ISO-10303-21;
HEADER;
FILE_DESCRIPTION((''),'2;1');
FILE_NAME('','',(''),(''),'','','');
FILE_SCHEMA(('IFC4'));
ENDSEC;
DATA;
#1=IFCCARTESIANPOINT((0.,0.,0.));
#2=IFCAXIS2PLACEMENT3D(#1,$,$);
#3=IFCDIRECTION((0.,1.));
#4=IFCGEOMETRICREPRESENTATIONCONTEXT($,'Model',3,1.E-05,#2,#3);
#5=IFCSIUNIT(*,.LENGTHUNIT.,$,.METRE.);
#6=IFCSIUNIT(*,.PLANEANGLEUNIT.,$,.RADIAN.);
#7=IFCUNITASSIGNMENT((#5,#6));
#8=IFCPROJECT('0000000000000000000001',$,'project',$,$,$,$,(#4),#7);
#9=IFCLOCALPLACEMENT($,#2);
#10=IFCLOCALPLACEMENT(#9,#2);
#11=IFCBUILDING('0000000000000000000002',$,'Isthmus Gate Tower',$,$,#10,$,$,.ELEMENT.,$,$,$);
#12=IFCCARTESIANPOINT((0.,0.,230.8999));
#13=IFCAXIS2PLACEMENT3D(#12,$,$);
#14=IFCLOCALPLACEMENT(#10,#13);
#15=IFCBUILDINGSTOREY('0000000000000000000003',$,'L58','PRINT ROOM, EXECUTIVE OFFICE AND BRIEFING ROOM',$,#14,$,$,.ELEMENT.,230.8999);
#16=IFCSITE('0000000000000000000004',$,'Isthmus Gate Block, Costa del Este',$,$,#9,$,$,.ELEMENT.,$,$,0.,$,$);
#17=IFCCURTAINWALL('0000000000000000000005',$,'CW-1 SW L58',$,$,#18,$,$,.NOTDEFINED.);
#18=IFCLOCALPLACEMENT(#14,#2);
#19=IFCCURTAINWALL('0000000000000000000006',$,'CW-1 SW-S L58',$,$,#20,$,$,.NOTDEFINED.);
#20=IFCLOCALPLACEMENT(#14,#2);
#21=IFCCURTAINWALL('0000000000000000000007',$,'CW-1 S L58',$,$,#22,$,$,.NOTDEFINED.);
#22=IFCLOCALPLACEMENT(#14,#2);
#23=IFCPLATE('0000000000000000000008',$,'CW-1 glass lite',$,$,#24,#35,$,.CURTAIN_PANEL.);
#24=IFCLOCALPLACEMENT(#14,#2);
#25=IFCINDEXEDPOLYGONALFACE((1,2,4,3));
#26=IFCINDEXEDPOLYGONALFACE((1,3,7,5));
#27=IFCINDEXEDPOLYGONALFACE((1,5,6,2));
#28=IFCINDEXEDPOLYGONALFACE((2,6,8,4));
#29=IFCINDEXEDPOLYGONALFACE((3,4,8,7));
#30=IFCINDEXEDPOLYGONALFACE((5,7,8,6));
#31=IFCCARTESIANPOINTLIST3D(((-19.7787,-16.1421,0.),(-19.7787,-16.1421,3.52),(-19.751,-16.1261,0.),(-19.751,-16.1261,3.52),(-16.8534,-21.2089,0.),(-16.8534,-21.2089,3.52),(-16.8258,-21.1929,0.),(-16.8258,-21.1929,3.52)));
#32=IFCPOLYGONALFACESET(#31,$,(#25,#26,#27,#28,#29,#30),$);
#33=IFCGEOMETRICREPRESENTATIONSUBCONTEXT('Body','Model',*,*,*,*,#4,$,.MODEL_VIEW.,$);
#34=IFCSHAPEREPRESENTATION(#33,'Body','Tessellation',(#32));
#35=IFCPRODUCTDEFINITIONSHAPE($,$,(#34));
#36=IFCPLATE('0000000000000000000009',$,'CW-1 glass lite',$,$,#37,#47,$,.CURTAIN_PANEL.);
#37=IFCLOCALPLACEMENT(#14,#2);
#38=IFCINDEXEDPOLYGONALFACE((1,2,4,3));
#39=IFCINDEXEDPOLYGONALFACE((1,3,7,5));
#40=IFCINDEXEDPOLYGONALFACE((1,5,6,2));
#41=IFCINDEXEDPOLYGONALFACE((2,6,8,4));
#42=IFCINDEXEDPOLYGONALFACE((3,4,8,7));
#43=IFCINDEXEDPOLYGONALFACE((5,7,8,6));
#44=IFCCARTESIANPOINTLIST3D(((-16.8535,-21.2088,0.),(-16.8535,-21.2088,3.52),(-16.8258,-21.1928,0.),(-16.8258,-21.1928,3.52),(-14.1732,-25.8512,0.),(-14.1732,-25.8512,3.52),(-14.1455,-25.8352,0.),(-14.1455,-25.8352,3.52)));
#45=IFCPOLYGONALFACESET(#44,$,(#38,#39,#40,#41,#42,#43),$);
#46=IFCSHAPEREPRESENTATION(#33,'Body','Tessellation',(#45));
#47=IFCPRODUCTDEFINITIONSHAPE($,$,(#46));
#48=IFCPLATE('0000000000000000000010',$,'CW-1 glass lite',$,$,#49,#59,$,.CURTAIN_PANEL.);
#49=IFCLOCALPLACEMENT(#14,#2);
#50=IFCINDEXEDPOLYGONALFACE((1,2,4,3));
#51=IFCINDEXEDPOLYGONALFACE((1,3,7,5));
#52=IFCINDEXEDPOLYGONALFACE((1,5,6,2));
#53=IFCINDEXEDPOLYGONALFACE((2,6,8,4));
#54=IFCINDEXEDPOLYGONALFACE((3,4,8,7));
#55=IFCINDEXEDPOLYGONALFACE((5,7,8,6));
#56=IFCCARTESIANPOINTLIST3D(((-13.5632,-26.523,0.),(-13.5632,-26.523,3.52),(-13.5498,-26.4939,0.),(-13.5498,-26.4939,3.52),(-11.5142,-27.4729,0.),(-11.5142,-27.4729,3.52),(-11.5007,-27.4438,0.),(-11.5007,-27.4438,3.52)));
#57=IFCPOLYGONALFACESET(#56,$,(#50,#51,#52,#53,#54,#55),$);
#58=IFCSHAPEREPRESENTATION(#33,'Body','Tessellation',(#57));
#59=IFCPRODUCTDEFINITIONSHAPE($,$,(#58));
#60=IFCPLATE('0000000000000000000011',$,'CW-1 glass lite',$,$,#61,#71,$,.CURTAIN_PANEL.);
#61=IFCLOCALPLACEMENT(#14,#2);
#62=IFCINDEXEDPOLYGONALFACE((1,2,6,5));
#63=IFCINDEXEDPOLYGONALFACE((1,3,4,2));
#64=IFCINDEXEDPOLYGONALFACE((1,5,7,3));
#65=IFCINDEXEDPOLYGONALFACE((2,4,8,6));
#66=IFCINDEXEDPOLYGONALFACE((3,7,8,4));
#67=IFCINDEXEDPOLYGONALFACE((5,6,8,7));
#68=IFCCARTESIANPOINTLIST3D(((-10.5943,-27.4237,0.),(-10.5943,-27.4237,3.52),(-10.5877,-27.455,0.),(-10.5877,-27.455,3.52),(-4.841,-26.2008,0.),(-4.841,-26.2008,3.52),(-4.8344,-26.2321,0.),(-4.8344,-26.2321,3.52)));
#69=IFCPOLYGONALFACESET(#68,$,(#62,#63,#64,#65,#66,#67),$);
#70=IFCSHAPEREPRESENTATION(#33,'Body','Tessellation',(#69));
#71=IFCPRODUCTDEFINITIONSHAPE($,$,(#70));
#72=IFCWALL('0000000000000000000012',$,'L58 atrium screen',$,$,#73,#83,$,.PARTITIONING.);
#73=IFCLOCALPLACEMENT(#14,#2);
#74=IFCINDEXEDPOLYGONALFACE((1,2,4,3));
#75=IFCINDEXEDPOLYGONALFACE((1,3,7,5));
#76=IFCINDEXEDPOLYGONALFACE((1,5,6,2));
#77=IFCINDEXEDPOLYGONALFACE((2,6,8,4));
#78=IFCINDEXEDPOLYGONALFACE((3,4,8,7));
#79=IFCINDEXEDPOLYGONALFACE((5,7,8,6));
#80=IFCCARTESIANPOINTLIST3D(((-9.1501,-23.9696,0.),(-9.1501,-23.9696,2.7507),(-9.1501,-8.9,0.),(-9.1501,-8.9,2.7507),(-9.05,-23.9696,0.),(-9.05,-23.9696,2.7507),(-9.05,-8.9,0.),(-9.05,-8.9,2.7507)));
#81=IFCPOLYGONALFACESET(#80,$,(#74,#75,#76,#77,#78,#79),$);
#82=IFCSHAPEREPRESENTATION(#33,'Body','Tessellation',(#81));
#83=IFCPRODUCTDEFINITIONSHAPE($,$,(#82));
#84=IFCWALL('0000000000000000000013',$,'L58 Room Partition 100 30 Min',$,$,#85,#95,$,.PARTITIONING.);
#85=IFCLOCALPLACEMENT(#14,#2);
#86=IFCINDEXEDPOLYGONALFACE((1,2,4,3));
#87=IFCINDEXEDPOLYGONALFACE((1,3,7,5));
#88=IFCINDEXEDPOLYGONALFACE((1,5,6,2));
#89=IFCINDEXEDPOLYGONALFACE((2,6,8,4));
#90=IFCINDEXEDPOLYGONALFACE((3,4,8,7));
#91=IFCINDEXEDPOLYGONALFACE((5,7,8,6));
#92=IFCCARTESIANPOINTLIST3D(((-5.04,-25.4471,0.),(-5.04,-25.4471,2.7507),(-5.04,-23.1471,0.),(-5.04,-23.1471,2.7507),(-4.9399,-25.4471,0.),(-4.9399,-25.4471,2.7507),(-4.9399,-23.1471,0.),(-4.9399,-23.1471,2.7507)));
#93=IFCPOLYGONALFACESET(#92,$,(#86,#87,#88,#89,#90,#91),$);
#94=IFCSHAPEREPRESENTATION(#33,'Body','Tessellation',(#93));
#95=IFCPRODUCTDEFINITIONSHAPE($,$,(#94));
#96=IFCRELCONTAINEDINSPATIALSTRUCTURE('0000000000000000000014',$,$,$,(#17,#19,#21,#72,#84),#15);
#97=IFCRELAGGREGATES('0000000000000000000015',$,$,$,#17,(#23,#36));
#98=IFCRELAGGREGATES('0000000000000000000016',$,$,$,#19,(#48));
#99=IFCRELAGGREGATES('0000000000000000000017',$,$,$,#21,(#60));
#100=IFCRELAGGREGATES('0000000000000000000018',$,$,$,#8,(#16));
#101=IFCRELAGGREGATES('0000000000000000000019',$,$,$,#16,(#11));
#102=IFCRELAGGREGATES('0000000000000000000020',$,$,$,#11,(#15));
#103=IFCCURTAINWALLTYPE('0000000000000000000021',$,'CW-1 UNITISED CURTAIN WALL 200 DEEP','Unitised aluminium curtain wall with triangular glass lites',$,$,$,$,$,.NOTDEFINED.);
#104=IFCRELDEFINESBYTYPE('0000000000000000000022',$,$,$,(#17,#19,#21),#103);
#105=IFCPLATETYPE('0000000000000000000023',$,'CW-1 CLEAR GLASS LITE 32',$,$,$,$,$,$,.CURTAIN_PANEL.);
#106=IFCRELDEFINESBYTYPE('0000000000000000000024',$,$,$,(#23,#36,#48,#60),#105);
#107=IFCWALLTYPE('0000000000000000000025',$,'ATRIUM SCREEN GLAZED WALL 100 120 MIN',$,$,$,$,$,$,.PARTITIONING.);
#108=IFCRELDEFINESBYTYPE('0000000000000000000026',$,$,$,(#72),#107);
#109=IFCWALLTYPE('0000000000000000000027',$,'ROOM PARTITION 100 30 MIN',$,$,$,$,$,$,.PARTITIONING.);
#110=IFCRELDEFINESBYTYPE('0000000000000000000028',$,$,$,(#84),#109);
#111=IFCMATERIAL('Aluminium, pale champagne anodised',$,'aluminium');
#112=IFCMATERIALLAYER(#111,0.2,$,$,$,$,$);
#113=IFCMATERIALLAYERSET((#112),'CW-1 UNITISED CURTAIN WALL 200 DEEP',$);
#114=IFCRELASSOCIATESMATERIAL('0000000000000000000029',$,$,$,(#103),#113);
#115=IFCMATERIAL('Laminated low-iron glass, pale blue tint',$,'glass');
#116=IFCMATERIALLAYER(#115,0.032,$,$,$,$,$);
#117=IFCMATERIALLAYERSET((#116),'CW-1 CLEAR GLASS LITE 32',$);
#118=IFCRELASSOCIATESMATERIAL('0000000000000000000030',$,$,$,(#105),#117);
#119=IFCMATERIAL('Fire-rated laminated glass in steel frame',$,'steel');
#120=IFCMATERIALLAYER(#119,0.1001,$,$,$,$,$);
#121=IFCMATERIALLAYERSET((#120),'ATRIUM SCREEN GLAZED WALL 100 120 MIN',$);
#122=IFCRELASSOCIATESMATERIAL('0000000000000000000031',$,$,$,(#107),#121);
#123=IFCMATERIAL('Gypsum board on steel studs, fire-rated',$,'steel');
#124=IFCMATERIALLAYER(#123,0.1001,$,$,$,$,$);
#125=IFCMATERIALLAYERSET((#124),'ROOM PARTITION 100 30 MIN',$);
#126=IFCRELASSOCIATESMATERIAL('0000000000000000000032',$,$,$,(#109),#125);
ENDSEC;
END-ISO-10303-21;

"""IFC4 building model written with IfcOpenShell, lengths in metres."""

from ifc_helpers import new_model, si_unit, direction, frame, frame_2d, origin, origin_2d, place, context, subcontext, project, spatial, rectangle, extrude, material, layer, layer_set, type_object, element, aggregate, save


model = new_model("IFC4")

# Units and contexts
model_context = context("Model", 3, precision=1e-05, world=origin(), true_north=direction((0.0, 1.0)))
body_context = subcontext(model_context, "Body", "Model", "MODEL_VIEW")
ifc_project = project(units=[si_unit("LENGTHUNIT", "METRE"), si_unit("PLANEANGLEUNIT", "RADIAN")], contexts=[model_context])

# Site, building, storey
site_placement = place(None, origin())
site = spatial("IfcSite", under=ifc_project, at=site_placement, Name="Isthmus Gate Block, Costa del Este", CompositionType="ELEMENT", RefElevation=0.0)
building_placement = place(site_placement, origin())
building = spatial("IfcBuilding", under=site, at=building_placement, Name="Isthmus Gate Tower", CompositionType="ELEMENT")
storey_placement = place(building_placement, frame((0.0, 0.0, 230.8999)))
storey = spatial("IfcBuildingStorey", under=building, at=storey_placement, Name="L58", Description="PRINT ROOM, EXECUTIVE OFFICE AND BRIEFING ROOM", CompositionType="ELEMENT", Elevation=230.8999)

# Curtain walls
ifc_material_1 = material(Name="Aluminium, pale champagne anodised", Category="aluminium")
ifc_layer_1 = layer(ifc_material_1, 0.2)
ifc_layer_set_1 = layer_set([ifc_layer_1], Name="CW-1 UNITISED CURTAIN WALL 200 DEEP")
curtain_wall_type = type_object("IfcCurtainWallType", Name="CW-1 UNITISED CURTAIN WALL 200 DEEP", Description="Unitised aluminium curtain wall with triangular glass lites", PredefinedType="NOTDEFINED", material=ifc_layer_set_1)
curtain_wall_1_placement = place(storey_placement, origin())
curtain_wall_1 = element("IfcCurtainWall", 1, at=curtain_wall_1_placement, inside=storey, type_object=curtain_wall_type, Name="CW-1 SW L58", PredefinedType="NOTDEFINED")
curtain_wall_2_placement = place(storey_placement, origin())
curtain_wall_2 = element("IfcCurtainWall", 2, at=curtain_wall_2_placement, inside=storey, type_object=curtain_wall_type, Name="CW-1 SW-S L58", PredefinedType="NOTDEFINED")
curtain_wall_3_placement = place(storey_placement, origin())
curtain_wall_3 = element("IfcCurtainWall", 3, at=curtain_wall_3_placement, inside=storey, type_object=curtain_wall_type, Name="CW-1 S L58", PredefinedType="NOTDEFINED")

# Plates
ifc_material_2 = material(Name="Laminated low-iron glass, pale blue tint", Category="glass")
ifc_layer_2 = layer(ifc_material_2, 0.032)
ifc_layer_set_2 = layer_set([ifc_layer_2], Name="CW-1 CLEAR GLASS LITE 32")
plate_type = type_object("IfcPlateType", Name="CW-1 CLEAR GLASS LITE 32", PredefinedType="CURTAIN_PANEL", material=ifc_layer_set_2)
plate_1_placement = place(storey_placement, frame((-18.3022, -18.6675, 0.0), z_axis=(0.0, 0.0, 1.0), x_axis=(0.5, -0.866025, 0.0)))
plate_1 = element("IfcPlate", 4, at=plate_1_placement, type_object=plate_type, Name="CW-1 glass lite", PredefinedType="CURTAIN_PANEL", context=body_context, shape_type="SweptSolid", body=[
    extrude(rectangle(XDim=5.8506, YDim=0.032, at=origin_2d()), origin(), (0.0, 0.0, 1.0), 3.52),
])
plate_2_placement = place(storey_placement, frame((-15.4995, -23.522, 0.0), z_axis=(0.0, 0.0, 1.0), x_axis=(0.5, -0.866025, 0.0)))
plate_2 = element("IfcPlate", 5, at=plate_2_placement, type_object=plate_type, Name="CW-1 glass lite", PredefinedType="CURTAIN_PANEL", context=body_context, shape_type="SweptSolid", body=[
    extrude(rectangle(XDim=5.3606, YDim=0.032, at=origin_2d()), origin(), (0.0, 0.0, 1.0), 3.52),
])
aggregate(curtain_wall_1, [plate_1, plate_2])
plate_3_placement = place(storey_placement, frame((-12.532, -26.9834, 0.0), z_axis=(0.0, 0.0, 1.0), x_axis=(0.907256, -0.420578, 0.0)))
plate_3 = element("IfcPlate", 6, at=plate_3_placement, type_object=plate_type, Name="CW-1 glass lite", PredefinedType="CURTAIN_PANEL", context=body_context, shape_type="SweptSolid", body=[
    extrude(rectangle(XDim=2.2585, YDim=0.032, at=origin_2d()), origin(), (0.0, 0.0, 1.0), 3.52),
])
aggregate(curtain_wall_2, [plate_3])
plate_4_placement = place(storey_placement, frame((-7.7144, -26.8279, 0.0), z_axis=(0.0, 0.0, 1.0), x_axis=(0.978148, 0.207912, 0.0)))
plate_4 = element("IfcPlate", 7, at=plate_4_placement, type_object=plate_type, Name="CW-1 glass lite", PredefinedType="CURTAIN_PANEL", context=body_context, shape_type="SweptSolid", body=[
    extrude(rectangle(XDim=5.8818, YDim=0.032, at=origin_2d()), origin(), (0.0, 0.0, 1.0), 3.52),
])
aggregate(curtain_wall_3, [plate_4])

# Walls
ifc_material_3 = material(Name="Fire-rated laminated glass in steel frame", Category="steel")
ifc_layer_3 = layer(ifc_material_3, 0.1001)
ifc_layer_set_3 = layer_set([ifc_layer_3], Name="ATRIUM SCREEN GLAZED WALL 100 120 MIN")
wall_type_1 = type_object("IfcWallType", Name="ATRIUM SCREEN GLAZED WALL 100 120 MIN", PredefinedType="PARTITIONING", material=ifc_layer_set_3)
wall_1_placement = place(storey_placement, frame((-9.1001, -23.9695, 0.0), z_axis=(0.0, 0.0, 1.0), x_axis=(0.0, 1.0, 0.0)))
element("IfcWall", 8, at=wall_1_placement, inside=storey, type_object=wall_type_1, Name="L58 atrium screen", PredefinedType="PARTITIONING", context=body_context, shape_type="SweptSolid", body=[
    extrude(rectangle(XDim=15.0696, YDim=0.1001, at=frame_2d((7.5347, 0.0))), origin(), (0.0, 0.0, 1.0), 2.7507),
])
ifc_material_4 = material(Name="Gypsum board on steel studs, fire-rated", Category="steel")
ifc_layer_4 = layer(ifc_material_4, 0.1001)
ifc_layer_set_4 = layer_set([ifc_layer_4], Name="ROOM PARTITION 100 30 MIN")
wall_type_2 = type_object("IfcWallType", Name="ROOM PARTITION 100 30 MIN", PredefinedType="PARTITIONING", material=ifc_layer_set_4)
wall_2_placement = place(storey_placement, frame((-4.99, -25.447, 0.0), z_axis=(0.0, 0.0, 1.0), x_axis=(0.0, 1.0, 0.0)))
element("IfcWall", 9, at=wall_2_placement, inside=storey, type_object=wall_type_2, Name="L58 Room Partition 100 30 Min", PredefinedType="PARTITIONING", context=body_context, shape_type="SweptSolid", body=[
    extrude(rectangle(XDim=2.3, YDim=0.1001, at=frame_2d((1.1499, 0.0))), origin(), (0.0, 0.0, 1.0), 2.7507),
])

save(model, "model.ifc")
